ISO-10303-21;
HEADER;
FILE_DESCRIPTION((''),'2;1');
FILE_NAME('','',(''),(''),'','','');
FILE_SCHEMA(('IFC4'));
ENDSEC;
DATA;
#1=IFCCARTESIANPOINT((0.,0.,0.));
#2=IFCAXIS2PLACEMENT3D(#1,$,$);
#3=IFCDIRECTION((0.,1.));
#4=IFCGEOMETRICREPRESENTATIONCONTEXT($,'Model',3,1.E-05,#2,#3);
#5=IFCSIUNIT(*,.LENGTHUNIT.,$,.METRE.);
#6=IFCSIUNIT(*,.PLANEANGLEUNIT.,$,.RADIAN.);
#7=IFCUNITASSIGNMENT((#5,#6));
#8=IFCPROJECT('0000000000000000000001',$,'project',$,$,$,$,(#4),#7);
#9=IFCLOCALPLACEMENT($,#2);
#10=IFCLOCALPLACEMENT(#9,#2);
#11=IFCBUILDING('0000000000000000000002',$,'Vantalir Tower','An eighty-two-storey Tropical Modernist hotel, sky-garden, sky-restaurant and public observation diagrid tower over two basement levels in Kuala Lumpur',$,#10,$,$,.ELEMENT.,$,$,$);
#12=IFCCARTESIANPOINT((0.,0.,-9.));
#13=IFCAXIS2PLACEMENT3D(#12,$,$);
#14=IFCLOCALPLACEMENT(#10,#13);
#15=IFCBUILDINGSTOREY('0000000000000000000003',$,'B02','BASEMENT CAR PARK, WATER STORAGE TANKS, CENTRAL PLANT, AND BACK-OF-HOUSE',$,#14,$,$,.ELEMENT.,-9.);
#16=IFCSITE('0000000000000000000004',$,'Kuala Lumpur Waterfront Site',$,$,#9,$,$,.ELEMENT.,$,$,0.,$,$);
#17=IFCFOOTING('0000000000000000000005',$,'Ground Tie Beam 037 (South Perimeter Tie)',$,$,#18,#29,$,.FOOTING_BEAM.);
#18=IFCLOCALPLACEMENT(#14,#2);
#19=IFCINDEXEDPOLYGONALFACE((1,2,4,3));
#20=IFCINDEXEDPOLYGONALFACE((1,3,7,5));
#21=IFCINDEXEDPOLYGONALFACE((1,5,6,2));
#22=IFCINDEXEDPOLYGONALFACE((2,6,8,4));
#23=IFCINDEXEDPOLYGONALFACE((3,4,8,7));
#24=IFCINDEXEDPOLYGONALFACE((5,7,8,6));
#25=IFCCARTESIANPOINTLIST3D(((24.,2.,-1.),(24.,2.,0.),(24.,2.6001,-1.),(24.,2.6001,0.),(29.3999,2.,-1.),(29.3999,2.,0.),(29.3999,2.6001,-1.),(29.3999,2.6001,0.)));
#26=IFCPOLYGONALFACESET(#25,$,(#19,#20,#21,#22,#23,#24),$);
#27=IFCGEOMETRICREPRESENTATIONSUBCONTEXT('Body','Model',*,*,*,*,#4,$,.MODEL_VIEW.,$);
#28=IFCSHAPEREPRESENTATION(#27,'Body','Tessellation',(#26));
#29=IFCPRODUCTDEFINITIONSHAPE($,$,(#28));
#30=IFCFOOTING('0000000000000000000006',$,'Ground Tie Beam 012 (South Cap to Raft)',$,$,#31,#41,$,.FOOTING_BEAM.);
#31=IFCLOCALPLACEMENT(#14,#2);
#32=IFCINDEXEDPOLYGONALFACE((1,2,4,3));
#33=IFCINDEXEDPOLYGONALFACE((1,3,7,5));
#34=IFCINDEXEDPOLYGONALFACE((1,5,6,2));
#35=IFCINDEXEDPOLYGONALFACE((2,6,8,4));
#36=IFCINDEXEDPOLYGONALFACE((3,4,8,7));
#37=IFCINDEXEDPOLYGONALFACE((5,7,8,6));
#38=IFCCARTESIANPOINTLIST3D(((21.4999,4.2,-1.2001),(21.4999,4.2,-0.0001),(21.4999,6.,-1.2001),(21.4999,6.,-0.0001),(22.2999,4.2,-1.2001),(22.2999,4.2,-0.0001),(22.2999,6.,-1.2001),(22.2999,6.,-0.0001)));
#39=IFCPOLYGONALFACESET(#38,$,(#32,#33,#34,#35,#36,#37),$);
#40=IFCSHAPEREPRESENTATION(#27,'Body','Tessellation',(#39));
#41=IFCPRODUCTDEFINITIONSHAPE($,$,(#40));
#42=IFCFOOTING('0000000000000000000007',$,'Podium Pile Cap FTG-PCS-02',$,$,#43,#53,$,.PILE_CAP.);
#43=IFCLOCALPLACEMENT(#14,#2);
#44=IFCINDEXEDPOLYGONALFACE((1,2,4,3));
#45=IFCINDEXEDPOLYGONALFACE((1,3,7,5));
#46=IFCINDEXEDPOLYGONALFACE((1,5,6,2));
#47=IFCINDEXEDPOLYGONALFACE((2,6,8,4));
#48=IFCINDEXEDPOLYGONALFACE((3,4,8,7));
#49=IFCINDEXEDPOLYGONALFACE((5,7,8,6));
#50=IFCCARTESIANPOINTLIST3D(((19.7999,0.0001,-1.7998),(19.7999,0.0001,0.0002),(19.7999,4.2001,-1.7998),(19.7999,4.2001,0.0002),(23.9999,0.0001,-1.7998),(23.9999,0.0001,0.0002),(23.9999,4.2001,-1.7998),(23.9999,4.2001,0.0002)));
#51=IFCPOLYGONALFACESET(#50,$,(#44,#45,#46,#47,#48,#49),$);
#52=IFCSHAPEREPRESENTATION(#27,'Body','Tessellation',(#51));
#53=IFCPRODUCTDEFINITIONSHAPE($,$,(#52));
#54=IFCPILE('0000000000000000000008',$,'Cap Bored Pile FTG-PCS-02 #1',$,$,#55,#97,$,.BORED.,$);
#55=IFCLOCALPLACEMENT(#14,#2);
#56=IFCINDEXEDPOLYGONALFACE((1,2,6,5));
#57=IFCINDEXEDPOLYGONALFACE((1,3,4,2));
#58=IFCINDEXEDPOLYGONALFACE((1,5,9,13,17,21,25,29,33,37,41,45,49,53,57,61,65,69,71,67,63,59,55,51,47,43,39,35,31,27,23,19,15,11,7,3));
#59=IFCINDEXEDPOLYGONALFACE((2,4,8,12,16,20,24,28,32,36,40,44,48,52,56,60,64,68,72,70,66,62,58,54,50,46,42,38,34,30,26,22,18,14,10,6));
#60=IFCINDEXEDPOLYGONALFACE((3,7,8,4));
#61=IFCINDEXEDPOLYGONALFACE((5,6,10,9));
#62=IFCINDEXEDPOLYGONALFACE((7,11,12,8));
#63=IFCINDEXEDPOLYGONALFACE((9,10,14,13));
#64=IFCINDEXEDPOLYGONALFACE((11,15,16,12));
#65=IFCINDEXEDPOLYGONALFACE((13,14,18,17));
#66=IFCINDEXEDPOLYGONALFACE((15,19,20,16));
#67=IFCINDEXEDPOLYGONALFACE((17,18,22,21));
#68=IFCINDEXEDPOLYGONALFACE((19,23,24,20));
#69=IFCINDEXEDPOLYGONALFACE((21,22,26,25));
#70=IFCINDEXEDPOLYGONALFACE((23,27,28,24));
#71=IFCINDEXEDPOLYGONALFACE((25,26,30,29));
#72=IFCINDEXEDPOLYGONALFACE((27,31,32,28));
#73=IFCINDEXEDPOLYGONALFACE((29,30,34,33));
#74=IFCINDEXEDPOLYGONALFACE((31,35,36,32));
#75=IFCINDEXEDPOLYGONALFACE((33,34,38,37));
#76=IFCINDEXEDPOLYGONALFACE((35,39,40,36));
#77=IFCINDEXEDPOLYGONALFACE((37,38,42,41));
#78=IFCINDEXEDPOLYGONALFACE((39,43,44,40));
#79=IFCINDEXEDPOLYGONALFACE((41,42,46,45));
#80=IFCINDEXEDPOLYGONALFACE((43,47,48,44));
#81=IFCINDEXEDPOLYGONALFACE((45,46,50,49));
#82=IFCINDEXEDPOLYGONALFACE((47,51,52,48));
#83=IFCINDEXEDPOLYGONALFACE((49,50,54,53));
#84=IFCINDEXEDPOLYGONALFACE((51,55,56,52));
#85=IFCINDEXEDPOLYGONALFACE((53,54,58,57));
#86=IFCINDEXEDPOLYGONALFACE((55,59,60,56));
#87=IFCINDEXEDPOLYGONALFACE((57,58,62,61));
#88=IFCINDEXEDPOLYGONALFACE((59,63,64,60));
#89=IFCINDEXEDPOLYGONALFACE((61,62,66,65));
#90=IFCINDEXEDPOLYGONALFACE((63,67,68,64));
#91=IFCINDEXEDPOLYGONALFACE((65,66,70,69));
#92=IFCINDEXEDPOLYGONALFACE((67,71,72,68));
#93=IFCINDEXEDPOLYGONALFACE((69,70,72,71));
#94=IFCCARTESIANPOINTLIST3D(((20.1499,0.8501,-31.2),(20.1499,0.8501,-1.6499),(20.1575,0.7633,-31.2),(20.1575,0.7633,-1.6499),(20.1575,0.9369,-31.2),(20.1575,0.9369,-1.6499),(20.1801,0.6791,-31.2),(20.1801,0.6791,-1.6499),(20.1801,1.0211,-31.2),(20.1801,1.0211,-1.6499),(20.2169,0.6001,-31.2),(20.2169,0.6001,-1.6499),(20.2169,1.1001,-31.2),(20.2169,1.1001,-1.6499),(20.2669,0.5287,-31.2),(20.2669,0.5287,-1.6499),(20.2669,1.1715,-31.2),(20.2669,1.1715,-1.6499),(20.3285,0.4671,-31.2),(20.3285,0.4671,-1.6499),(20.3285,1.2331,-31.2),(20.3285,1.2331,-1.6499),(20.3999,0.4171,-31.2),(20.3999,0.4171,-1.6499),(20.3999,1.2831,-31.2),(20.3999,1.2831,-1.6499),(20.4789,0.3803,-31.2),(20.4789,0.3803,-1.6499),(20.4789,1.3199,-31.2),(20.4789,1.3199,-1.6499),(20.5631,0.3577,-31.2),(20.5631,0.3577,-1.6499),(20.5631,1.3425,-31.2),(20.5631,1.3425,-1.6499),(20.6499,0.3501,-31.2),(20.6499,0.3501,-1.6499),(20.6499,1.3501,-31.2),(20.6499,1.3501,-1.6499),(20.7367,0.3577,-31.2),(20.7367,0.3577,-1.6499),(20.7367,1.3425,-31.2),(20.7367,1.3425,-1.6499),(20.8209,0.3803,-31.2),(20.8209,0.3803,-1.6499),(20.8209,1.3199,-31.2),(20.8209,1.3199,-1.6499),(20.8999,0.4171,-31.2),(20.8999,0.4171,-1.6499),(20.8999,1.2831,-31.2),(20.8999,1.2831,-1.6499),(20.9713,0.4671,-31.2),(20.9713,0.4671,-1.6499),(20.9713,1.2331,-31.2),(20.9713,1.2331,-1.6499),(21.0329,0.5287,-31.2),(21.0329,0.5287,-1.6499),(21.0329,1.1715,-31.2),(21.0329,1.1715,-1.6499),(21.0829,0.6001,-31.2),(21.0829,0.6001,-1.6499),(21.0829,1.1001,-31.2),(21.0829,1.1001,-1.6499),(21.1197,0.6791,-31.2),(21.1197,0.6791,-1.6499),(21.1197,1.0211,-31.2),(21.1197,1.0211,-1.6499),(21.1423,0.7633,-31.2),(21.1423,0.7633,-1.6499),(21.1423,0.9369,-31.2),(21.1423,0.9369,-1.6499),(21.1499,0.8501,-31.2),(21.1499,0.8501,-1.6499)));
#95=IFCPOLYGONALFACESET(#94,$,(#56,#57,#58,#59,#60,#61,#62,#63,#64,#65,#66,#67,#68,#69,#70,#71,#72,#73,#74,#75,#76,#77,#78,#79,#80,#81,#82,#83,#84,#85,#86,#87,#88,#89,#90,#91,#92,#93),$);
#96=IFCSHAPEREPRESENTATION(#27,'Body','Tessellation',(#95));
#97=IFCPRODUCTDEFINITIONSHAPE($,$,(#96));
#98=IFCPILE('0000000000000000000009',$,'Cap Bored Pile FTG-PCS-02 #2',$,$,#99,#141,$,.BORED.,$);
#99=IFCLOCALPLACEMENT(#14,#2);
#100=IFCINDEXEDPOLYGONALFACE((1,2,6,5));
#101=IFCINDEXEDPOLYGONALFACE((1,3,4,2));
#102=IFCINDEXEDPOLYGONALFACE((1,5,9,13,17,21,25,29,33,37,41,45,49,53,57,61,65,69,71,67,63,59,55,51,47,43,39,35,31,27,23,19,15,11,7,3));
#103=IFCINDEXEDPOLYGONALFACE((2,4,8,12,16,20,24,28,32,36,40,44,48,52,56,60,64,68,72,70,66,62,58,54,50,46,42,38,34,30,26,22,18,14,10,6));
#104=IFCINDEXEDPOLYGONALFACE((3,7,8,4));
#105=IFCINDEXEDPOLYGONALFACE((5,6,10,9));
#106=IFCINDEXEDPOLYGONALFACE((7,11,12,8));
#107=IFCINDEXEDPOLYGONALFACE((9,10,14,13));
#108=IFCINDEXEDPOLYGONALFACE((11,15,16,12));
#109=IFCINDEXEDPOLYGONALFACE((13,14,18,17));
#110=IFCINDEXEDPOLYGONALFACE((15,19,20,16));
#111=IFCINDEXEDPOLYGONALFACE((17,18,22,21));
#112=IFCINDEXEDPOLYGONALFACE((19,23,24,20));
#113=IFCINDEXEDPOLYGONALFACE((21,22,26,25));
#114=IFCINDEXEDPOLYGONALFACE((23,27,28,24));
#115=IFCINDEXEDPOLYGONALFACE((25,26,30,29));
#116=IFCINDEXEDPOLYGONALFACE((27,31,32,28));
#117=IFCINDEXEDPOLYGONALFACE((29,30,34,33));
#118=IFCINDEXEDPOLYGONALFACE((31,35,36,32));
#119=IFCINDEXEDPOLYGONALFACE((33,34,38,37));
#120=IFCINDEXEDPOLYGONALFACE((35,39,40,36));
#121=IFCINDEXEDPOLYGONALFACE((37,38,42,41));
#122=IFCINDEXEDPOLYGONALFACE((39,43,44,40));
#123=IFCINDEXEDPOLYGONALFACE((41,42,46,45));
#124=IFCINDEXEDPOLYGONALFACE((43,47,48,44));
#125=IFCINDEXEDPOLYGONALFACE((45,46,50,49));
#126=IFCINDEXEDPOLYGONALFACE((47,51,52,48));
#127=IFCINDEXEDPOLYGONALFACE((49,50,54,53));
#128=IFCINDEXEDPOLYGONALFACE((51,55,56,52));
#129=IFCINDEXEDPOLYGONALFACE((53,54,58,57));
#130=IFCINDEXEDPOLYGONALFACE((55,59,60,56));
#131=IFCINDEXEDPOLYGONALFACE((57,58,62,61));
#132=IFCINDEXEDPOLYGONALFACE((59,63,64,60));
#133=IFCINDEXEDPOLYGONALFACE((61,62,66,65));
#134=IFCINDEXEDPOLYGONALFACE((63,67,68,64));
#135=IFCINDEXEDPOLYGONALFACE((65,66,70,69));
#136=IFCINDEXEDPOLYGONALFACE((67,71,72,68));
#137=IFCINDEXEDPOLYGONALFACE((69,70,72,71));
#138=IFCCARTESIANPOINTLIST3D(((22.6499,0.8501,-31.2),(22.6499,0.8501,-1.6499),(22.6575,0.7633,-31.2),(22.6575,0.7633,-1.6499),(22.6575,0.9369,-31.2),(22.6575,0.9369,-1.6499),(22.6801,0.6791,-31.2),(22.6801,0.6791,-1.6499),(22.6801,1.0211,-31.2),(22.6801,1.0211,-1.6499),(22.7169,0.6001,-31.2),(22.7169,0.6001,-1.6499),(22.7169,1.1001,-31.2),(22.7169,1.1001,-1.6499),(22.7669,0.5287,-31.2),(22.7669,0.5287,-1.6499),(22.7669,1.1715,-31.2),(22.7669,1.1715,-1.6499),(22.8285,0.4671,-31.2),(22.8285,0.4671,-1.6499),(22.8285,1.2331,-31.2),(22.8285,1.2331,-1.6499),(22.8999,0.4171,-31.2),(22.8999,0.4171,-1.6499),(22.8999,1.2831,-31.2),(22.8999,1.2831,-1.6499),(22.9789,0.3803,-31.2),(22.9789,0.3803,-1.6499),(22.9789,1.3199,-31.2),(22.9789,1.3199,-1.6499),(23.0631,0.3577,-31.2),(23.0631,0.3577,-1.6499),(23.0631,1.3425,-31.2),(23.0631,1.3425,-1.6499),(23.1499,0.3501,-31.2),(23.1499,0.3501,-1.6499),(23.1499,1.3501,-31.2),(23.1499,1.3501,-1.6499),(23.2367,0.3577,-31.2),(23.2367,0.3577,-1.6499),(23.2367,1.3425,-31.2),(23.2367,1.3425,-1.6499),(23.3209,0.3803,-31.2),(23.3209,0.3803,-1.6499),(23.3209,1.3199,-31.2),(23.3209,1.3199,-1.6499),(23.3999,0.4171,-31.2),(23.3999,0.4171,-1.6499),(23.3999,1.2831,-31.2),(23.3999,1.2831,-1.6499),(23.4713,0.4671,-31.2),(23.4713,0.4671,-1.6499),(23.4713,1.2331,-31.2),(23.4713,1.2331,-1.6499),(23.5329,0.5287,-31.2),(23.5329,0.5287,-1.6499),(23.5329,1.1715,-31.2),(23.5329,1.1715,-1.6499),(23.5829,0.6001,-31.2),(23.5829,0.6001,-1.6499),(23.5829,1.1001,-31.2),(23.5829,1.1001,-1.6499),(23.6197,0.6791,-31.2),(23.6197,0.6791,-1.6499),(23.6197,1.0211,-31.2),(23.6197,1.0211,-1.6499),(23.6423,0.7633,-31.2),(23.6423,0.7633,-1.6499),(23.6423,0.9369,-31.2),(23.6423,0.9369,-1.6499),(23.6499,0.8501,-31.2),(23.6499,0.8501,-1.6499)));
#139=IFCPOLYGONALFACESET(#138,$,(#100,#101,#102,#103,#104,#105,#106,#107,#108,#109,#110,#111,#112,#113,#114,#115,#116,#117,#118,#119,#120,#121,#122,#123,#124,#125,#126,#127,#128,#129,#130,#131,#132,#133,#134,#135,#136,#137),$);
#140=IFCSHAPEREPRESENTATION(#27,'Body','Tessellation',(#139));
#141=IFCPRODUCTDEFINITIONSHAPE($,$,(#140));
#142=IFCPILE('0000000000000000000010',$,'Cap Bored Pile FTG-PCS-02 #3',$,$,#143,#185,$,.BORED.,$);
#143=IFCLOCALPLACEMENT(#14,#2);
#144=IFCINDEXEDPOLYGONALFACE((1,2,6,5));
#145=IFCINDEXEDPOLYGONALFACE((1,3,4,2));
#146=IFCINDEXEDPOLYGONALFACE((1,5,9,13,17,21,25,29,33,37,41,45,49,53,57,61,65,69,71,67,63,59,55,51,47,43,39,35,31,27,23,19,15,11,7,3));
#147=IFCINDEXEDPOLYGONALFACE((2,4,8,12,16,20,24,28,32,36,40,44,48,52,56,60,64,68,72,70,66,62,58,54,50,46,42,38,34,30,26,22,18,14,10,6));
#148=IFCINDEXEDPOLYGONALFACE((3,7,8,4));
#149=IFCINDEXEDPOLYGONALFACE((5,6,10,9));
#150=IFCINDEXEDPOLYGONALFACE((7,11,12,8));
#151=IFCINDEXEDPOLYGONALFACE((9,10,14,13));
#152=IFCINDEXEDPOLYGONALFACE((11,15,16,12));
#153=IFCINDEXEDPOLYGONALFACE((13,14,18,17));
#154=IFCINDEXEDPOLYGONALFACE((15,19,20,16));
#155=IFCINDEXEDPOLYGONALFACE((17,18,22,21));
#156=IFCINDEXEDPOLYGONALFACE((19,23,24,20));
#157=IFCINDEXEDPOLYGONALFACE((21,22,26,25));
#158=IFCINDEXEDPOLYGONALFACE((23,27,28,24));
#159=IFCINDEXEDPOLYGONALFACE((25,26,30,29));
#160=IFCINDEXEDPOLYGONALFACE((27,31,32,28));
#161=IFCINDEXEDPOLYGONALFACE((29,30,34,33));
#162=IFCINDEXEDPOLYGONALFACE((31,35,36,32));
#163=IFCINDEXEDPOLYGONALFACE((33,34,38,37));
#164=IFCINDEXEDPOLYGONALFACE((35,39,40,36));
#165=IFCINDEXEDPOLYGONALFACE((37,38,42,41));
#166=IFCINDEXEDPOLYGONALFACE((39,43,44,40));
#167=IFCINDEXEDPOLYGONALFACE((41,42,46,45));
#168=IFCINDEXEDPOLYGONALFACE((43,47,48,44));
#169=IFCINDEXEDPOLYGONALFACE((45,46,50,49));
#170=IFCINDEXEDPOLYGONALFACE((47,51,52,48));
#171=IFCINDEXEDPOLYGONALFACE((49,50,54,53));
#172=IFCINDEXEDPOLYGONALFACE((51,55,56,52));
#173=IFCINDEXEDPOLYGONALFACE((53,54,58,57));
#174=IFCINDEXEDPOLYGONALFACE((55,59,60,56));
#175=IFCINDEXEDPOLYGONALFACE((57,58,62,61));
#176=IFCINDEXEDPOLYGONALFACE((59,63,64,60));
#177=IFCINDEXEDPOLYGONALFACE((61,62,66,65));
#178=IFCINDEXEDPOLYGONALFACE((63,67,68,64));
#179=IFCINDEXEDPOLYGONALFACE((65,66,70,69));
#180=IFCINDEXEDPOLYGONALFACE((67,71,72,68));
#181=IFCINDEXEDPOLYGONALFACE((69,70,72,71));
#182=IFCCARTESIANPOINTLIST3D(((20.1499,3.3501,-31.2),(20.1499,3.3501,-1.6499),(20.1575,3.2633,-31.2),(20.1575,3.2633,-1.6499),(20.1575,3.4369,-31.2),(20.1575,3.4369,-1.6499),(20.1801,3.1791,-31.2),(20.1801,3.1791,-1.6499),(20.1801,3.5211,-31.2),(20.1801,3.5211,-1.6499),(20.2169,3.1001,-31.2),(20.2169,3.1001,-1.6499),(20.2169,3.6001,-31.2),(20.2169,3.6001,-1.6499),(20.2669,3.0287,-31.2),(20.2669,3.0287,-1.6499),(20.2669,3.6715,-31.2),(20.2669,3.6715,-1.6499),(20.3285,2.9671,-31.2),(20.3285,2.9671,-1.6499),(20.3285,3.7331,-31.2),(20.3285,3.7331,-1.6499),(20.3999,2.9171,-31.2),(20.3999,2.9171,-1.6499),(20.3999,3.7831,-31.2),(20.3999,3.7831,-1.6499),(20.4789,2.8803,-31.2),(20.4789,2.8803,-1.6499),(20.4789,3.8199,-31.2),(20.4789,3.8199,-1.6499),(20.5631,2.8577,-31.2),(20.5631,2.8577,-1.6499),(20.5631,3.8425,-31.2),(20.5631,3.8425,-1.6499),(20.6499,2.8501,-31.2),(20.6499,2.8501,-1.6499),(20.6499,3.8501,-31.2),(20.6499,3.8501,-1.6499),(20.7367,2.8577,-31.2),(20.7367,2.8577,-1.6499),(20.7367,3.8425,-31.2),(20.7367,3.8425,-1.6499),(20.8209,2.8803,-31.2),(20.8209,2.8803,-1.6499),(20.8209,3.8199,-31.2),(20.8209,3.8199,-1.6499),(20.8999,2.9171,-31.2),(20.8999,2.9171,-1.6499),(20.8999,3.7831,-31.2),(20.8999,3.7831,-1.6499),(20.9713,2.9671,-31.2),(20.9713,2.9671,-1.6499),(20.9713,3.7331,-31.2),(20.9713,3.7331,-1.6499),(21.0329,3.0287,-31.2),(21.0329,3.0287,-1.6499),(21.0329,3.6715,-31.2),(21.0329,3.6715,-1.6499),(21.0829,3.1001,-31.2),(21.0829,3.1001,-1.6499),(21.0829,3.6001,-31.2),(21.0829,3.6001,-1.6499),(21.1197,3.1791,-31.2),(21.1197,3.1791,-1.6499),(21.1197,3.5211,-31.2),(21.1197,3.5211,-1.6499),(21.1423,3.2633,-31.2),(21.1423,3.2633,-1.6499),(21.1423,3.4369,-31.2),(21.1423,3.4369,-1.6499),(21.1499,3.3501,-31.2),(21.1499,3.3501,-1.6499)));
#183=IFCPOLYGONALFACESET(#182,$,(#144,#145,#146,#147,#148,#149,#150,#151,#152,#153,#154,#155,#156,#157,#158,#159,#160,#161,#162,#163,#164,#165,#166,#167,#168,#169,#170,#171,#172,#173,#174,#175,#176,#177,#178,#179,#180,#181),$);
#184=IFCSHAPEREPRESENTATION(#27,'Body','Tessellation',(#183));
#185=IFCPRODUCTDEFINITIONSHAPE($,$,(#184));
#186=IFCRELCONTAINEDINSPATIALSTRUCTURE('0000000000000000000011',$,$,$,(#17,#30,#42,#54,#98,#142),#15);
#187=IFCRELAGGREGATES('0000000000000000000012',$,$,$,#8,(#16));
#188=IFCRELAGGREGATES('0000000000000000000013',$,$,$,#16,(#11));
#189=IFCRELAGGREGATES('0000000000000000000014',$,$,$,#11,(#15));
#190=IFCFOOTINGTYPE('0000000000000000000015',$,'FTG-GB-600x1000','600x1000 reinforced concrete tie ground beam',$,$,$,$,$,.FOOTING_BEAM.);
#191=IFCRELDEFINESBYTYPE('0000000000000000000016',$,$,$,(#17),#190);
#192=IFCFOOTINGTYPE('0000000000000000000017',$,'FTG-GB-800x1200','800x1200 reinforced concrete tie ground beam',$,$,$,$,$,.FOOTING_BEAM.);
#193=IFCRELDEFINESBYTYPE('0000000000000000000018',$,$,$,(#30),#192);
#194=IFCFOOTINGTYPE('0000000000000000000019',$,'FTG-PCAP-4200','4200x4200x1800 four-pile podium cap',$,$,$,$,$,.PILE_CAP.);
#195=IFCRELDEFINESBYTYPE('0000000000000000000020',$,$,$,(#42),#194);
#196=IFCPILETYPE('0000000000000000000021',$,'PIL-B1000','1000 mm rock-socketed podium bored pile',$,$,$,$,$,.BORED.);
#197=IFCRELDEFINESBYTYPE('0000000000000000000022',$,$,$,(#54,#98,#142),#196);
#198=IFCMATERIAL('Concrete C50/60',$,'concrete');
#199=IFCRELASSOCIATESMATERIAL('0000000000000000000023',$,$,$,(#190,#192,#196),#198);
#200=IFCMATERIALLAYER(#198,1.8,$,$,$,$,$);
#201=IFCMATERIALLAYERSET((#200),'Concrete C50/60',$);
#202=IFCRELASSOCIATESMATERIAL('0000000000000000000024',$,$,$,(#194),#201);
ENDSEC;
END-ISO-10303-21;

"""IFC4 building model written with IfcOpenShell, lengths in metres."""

from ifc_helpers import new_model, si_unit, direction, frame, origin, origin_2d, place, context, subcontext, project, spatial, rectangle, circle, extrude, material, layer, layer_set, material_profile, profile_set, type_object, element, save


model = new_model("IFC4")

# Units and contexts
model_context = context("Model", 3, precision=1e-05, world=origin(), true_north=direction((0.0, 1.0)))
body_context = subcontext(model_context, "Body", "Model", "MODEL_VIEW")
ifc_project = project(units=[si_unit("LENGTHUNIT", "METRE"), si_unit("PLANEANGLEUNIT", "RADIAN")], contexts=[model_context])

# Site, building, storey
site_placement = place(None, origin())
site = spatial("IfcSite", under=ifc_project, at=site_placement, Name="Kuala Lumpur Waterfront Site", CompositionType="ELEMENT", RefElevation=0.0)
building_placement = place(site_placement, origin())
building = spatial("IfcBuilding", under=site, at=building_placement, Name="Vantalir Tower", Description="An eighty-two-storey Tropical Modernist hotel, sky-garden, sky-restaurant and public observation diagrid tower over two basement levels in Kuala Lumpur", CompositionType="ELEMENT")
storey_placement = place(building_placement, frame((0.0, 0.0, -9.0)))
storey = spatial("IfcBuildingStorey", under=building, at=storey_placement, Name="B02", Description="BASEMENT CAR PARK, WATER STORAGE TANKS, CENTRAL PLANT, AND BACK-OF-HOUSE", CompositionType="ELEMENT", Elevation=-9.0)

# Footings
ifc_material_1 = material(Name="Concrete C50/60", Category="concrete")
ifc_material_profile_1 = material_profile(ifc_material_1, rectangle(XDim=0.6001, YDim=1.0, at=origin_2d()), Name="Concrete C50/60")
ifc_profile_set_1 = profile_set([ifc_material_profile_1], Name="Concrete C50/60")
footing_type_1 = type_object("IfcFootingType", Name="FTG-GB-600x1000", Description="600x1000 reinforced concrete tie ground beam", PredefinedType="FOOTING_BEAM", material=ifc_profile_set_1)
footing_1_placement = place(storey_placement, frame((24.0, 2.3, -0.5), z_axis=(1.0, 0.0, 0.0), x_axis=(0.0, 1.0, 0.0)))
element("IfcFooting", 1, at=footing_1_placement, inside=storey, type_object=footing_type_1, Name="Ground Tie Beam 037 (South Perimeter Tie)", PredefinedType="FOOTING_BEAM", context=body_context, shape_type="SweptSolid", body=[
    extrude(rectangle(XDim=0.6001, YDim=1.0, at=origin_2d()), origin(), (0.0, 0.0, 1.0), 5.3999),
])
ifc_material_profile_2 = material_profile(ifc_material_1, rectangle(XDim=0.8, YDim=1.2, at=origin_2d()), Name="Concrete C50/60")
ifc_profile_set_2 = profile_set([ifc_material_profile_2], Name="Concrete C50/60")
footing_type_2 = type_object("IfcFootingType", Name="FTG-GB-800x1200", Description="800x1200 reinforced concrete tie ground beam", PredefinedType="FOOTING_BEAM", material=ifc_profile_set_2)
footing_2_placement = place(storey_placement, frame((21.8999, 4.2, -0.6001), z_axis=(0.0, 1.0, 0.0), x_axis=(-1.0, 0.0, 0.0)))
element("IfcFooting", 2, at=footing_2_placement, inside=storey, type_object=footing_type_2, Name="Ground Tie Beam 012 (South Cap to Raft)", PredefinedType="FOOTING_BEAM", context=body_context, shape_type="SweptSolid", body=[
    extrude(rectangle(XDim=0.8, YDim=1.2, at=origin_2d()), origin(), (0.0, 0.0, 1.0), 1.8),
])
ifc_layer_1 = layer(ifc_material_1, 1.8)
ifc_layer_set_1 = layer_set([ifc_layer_1], Name="Concrete C50/60")
footing_type_3 = type_object("IfcFootingType", Name="FTG-PCAP-4200", Description="4200x4200x1800 four-pile podium cap", PredefinedType="PILE_CAP", material=ifc_layer_set_1)
footing_3_placement = place(storey_placement, frame((21.8999, 2.1001, -1.7998), z_axis=(0.0, 0.0, 1.0), x_axis=(1.0, 0.0, 0.0)))
element("IfcFooting", 3, at=footing_3_placement, inside=storey, type_object=footing_type_3, Name="Podium Pile Cap FTG-PCS-02", PredefinedType="PILE_CAP", context=body_context, shape_type="SweptSolid", body=[
    extrude(rectangle(XDim=4.2, YDim=4.2, at=origin_2d()), origin(), (0.0, 0.0, 1.0), 1.8),
])

# Piles
ifc_material_profile_3 = material_profile(ifc_material_1, circle(Radius=0.5, at=origin_2d()), Name="Concrete C50/60")
ifc_profile_set_3 = profile_set([ifc_material_profile_3], Name="Concrete C50/60")
pile_type_1 = type_object("IfcPileType", Name="PIL-B1000", Description="1000 mm rock-socketed podium bored pile", PredefinedType="BORED", material=ifc_profile_set_3)
for number, where, z_axis, x_axis, name in (
    (4, (20.6499, 0.8501, -1.6499), (0.0, 0.0, -1.0), (1.0, 0.0, 0.0), "Cap Bored Pile FTG-PCS-02 #1"),
    (5, (23.1499, 0.8501, -1.6499), (0.0, 0.0, -1.0), (1.0, 0.0, 0.0), "Cap Bored Pile FTG-PCS-02 #2"),
    (6, (20.6499, 3.3501, -1.6499), (0.0, 0.0, -1.0), (1.0, 0.0, 0.0), "Cap Bored Pile FTG-PCS-02 #3"),
):
    element("IfcPile", number, at=place(storey_placement, frame(where, z_axis=z_axis, x_axis=x_axis)), inside=storey, type_object=pile_type_1, Name=name, PredefinedType="BORED", context=body_context, shape_type="SweptSolid", body=[
        extrude(circle(Radius=0.5, at=origin_2d()), origin(), (0.0, 0.0, 1.0), 29.55),
    ])

save(model, "model.ifc")
